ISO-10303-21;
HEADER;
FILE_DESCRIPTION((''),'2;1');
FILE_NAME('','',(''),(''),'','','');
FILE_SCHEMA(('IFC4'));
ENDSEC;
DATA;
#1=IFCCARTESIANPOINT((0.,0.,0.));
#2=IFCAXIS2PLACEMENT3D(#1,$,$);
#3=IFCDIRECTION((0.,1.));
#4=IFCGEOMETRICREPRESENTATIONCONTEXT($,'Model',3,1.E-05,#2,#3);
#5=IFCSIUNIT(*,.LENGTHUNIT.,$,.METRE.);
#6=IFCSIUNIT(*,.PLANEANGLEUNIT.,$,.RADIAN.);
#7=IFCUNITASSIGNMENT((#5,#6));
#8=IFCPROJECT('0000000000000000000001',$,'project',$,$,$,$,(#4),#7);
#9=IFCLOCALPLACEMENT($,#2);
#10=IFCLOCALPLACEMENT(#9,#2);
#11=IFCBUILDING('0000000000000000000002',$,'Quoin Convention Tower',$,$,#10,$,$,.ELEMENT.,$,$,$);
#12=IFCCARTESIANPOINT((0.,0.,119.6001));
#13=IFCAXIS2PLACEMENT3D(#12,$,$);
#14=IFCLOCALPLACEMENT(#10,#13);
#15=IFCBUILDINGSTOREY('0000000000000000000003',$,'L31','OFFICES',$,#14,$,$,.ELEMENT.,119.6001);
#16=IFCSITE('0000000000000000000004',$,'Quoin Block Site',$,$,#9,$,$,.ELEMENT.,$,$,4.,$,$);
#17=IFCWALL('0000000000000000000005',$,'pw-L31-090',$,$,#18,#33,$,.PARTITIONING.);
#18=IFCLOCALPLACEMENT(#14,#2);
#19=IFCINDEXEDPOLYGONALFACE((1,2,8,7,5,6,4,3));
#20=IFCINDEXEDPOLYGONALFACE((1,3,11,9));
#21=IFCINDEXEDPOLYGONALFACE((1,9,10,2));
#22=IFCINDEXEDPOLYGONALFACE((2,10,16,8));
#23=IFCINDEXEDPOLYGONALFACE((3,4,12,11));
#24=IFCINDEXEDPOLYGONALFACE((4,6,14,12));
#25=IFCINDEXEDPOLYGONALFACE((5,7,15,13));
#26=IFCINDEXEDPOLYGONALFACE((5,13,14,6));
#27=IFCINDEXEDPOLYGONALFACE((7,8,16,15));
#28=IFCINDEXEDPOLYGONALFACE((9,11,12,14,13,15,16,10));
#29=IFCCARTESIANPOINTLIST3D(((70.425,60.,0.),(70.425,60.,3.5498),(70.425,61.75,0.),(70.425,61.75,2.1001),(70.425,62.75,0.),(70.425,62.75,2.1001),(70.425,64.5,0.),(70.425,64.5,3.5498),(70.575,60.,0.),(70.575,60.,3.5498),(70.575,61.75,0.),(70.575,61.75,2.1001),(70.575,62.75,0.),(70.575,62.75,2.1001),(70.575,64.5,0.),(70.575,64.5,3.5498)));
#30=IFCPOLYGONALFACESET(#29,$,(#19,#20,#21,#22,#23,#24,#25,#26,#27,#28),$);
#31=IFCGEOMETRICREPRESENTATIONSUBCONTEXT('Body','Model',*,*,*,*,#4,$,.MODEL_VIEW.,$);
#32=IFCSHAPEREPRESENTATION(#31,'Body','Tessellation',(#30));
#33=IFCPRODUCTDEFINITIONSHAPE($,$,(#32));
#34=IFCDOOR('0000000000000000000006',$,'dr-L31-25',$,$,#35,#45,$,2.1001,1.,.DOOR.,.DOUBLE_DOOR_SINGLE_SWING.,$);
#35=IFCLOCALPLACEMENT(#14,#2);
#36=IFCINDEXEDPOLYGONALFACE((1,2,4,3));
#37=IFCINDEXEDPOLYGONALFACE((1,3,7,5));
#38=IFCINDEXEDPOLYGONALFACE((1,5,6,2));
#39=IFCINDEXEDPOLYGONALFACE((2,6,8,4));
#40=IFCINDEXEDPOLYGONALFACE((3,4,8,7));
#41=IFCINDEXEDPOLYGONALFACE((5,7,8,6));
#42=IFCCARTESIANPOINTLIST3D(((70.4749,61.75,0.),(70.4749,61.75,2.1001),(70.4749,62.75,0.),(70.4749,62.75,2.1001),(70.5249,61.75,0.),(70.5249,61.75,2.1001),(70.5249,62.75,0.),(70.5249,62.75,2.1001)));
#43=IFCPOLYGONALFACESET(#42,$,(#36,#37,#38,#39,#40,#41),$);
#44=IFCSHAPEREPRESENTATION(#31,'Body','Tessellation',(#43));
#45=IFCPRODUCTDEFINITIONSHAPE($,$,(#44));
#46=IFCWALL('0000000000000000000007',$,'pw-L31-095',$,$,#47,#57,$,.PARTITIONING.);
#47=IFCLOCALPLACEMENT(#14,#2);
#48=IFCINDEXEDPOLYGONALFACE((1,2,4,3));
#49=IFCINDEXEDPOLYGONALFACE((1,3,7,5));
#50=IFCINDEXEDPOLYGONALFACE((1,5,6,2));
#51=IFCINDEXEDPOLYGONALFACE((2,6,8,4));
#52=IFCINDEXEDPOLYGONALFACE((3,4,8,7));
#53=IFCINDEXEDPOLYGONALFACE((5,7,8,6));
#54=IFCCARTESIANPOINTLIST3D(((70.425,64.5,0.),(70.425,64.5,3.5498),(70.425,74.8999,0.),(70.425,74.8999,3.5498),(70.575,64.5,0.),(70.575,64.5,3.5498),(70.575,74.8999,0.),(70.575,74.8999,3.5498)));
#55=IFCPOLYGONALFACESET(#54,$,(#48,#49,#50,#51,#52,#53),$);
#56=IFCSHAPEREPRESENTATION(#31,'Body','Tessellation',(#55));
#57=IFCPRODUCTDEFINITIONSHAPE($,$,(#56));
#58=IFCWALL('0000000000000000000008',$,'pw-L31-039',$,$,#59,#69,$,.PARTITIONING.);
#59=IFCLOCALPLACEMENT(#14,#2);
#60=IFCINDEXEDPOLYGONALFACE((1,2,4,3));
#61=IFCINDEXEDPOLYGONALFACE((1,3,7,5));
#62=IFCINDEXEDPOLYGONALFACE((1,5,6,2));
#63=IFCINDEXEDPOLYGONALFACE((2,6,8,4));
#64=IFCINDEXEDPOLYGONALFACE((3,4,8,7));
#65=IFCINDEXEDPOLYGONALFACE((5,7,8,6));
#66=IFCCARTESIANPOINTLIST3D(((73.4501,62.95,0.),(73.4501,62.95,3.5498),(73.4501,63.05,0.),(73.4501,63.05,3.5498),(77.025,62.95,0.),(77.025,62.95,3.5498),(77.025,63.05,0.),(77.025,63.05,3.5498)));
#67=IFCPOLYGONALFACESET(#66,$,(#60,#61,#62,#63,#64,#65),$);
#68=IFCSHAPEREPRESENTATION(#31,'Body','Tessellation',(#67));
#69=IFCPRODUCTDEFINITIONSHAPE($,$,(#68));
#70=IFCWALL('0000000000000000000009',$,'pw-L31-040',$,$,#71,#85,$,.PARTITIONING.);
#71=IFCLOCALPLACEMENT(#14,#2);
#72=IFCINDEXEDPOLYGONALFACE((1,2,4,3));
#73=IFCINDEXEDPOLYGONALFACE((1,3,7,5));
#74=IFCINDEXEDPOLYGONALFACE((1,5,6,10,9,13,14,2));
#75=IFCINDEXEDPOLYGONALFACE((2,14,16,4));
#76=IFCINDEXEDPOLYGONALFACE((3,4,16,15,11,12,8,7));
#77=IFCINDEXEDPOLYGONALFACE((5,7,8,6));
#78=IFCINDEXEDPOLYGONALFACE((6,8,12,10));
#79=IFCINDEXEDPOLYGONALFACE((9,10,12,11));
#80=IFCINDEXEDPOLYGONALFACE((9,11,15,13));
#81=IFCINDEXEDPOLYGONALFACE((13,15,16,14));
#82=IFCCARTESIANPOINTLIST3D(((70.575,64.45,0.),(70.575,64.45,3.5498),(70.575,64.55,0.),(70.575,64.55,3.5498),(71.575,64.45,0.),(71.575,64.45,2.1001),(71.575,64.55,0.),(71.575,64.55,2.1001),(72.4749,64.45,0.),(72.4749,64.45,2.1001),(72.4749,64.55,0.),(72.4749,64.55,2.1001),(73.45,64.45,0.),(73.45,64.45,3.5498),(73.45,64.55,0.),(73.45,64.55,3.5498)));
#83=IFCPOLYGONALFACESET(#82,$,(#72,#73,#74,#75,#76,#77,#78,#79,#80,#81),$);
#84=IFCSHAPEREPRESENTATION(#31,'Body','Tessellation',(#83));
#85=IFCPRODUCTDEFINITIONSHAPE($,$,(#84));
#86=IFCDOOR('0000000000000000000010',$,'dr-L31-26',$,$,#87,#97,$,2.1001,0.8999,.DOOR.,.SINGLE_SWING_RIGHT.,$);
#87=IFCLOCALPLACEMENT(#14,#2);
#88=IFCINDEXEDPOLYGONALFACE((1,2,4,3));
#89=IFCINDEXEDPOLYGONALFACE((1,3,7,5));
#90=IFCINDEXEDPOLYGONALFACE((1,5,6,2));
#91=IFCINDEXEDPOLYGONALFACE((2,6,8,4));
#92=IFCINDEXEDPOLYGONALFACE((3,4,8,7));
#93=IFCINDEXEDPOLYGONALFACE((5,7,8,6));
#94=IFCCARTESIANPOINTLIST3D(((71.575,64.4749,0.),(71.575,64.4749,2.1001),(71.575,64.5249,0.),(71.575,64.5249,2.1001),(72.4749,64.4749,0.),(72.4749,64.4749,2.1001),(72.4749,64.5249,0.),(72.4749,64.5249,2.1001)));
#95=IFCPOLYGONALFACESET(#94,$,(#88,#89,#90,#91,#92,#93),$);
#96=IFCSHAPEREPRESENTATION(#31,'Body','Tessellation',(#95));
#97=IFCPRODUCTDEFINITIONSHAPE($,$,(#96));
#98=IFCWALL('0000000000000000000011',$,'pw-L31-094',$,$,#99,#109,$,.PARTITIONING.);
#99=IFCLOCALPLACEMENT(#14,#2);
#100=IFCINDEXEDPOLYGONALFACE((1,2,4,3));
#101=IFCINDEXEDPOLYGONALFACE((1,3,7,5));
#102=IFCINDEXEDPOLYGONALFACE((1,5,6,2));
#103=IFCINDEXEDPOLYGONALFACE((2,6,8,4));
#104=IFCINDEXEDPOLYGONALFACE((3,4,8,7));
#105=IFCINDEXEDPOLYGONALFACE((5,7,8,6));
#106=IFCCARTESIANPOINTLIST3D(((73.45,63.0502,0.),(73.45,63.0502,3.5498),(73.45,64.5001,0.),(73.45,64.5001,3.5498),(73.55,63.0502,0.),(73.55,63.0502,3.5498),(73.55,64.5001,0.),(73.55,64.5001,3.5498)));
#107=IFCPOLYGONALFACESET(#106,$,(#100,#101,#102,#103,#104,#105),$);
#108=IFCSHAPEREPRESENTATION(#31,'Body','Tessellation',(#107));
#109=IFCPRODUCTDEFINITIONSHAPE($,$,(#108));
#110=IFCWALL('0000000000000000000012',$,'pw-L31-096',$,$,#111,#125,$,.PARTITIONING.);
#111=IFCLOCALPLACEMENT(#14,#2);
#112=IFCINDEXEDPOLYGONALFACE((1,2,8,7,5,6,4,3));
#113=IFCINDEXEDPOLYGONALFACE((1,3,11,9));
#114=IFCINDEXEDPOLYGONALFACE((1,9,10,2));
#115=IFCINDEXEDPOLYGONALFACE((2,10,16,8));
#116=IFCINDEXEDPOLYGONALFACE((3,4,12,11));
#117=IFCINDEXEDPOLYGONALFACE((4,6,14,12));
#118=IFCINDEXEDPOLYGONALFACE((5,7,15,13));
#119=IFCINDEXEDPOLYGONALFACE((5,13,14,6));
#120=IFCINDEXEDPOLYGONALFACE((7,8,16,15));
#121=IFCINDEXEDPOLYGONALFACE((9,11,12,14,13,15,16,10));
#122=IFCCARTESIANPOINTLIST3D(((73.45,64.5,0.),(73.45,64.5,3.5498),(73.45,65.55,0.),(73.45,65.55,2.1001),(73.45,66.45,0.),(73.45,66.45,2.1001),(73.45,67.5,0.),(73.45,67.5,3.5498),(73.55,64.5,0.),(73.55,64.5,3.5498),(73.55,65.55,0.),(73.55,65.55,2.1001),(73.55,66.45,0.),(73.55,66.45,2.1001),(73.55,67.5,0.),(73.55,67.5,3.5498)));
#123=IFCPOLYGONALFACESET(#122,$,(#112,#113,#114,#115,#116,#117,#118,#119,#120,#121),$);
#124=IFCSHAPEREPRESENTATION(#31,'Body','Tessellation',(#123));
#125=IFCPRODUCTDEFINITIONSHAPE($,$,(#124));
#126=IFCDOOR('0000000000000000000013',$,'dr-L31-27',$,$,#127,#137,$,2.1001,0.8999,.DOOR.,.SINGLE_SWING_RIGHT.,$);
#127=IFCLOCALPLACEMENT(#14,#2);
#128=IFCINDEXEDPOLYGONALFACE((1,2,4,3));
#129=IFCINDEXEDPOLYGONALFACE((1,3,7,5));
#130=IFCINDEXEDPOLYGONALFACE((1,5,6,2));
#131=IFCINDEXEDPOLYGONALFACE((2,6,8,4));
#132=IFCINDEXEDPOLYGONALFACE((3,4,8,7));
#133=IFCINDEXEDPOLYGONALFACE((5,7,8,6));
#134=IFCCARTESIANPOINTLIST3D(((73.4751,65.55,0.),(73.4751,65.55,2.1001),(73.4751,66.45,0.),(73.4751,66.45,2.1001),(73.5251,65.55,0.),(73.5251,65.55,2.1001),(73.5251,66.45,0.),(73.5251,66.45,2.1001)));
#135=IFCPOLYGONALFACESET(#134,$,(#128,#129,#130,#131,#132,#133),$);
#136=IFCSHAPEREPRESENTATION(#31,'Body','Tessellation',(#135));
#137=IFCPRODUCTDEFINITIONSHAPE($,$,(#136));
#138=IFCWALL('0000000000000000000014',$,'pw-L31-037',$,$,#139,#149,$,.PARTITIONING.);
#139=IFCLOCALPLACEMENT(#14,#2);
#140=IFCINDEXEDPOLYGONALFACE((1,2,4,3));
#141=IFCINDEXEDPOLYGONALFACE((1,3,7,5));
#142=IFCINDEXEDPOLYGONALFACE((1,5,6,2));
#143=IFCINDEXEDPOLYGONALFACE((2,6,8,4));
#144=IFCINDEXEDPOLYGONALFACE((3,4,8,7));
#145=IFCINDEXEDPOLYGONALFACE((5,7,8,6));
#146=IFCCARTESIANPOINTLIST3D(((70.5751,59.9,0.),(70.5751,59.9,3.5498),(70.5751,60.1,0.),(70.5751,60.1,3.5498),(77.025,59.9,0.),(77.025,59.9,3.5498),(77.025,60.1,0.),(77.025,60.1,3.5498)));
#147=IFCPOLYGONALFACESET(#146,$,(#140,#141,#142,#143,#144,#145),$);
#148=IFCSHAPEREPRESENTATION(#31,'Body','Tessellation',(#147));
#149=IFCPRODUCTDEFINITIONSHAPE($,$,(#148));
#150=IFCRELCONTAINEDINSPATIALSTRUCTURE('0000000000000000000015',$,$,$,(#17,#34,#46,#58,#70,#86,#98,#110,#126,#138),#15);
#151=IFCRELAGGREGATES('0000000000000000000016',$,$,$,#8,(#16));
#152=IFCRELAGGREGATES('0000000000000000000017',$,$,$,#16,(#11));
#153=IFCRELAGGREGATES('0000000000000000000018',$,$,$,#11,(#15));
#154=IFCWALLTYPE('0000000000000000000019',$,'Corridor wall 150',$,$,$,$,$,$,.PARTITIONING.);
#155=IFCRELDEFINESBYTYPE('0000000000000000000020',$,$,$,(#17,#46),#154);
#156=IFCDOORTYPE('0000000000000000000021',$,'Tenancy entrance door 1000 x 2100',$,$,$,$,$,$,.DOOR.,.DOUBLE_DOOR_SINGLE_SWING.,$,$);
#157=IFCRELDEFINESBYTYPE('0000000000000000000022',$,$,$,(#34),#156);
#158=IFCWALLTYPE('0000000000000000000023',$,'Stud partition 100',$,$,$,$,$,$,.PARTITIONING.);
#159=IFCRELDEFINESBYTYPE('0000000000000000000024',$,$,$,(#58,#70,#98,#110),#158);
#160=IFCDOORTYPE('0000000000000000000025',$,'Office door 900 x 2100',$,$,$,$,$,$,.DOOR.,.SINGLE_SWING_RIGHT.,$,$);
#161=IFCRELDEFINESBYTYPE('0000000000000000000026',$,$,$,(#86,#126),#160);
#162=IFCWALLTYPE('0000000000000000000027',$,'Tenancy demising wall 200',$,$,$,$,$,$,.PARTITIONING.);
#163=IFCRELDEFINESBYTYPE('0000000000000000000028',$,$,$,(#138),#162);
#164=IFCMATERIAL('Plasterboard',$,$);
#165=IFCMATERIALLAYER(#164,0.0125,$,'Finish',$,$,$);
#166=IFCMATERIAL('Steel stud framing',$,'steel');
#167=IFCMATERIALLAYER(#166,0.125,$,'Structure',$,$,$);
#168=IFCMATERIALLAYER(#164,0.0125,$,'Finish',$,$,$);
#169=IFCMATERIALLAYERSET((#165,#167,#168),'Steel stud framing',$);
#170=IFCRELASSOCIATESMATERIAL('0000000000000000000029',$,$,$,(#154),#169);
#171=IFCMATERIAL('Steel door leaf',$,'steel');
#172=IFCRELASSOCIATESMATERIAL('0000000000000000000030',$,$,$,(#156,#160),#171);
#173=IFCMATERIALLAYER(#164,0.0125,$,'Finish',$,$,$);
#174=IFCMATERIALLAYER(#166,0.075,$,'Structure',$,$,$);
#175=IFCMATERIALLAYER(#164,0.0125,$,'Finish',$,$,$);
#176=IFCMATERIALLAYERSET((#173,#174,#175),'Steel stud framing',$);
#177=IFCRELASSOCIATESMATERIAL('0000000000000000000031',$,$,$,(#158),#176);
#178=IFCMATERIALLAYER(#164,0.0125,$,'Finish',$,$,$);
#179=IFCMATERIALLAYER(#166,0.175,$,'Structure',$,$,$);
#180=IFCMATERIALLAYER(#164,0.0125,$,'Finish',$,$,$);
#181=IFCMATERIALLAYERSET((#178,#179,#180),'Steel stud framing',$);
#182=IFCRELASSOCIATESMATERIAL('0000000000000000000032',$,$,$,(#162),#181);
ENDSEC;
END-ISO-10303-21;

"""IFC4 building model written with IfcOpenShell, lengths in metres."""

from ifc_helpers import new_model, si_unit, direction, frame, frame_2d, origin, place, context, subcontext, project, spatial, rectangle, extrude, material, layer, layer_set, type_object, element, fill, save


model = new_model("IFC4")

# Units and contexts
model_context = context("Model", 3, precision=1e-05, world=origin(), true_north=direction((0.0, 1.0)))
body_context = subcontext(model_context, "Body", "Model", "MODEL_VIEW")
ifc_project = project(units=[si_unit("LENGTHUNIT", "METRE"), si_unit("PLANEANGLEUNIT", "RADIAN")], contexts=[model_context])

# Site, building, storey
site_placement = place(None, origin())
site = spatial("IfcSite", under=ifc_project, at=site_placement, Name="Quoin Block Site", CompositionType="ELEMENT", RefElevation=4.0)
building_placement = place(site_placement, origin())
building = spatial("IfcBuilding", under=site, at=building_placement, Name="Quoin Convention Tower", CompositionType="ELEMENT")
storey_placement = place(building_placement, frame((0.0, 0.0, 119.6001)))
storey = spatial("IfcBuildingStorey", under=building, at=storey_placement, Name="L31", Description="OFFICES", CompositionType="ELEMENT", Elevation=119.6001)

# Shared definitions
ifc_material_1 = material(Name="Plasterboard")
ifc_material_2 = material(Name="Steel stud framing", Category="steel")

# Wall, opening, door
ifc_layer_1 = layer(ifc_material_1, 0.0125, Name="Finish")
ifc_layer_2 = layer(ifc_material_2, 0.125, Name="Structure")
ifc_layer_3 = layer(ifc_material_1, 0.0125, Name="Finish")
ifc_layer_set_1 = layer_set([ifc_layer_1, ifc_layer_2, ifc_layer_3], Name="Steel stud framing")
wall_type_1 = type_object("IfcWallType", Name="Corridor wall 150", PredefinedType="PARTITIONING", material=ifc_layer_set_1)
wall_1_placement = place(storey_placement, frame((70.5, 60.0, 0.0), z_axis=(0.0, 0.0, 1.0), x_axis=(0.0, 1.0, 0.0)))
wall_1 = element("IfcWall", 1, at=wall_1_placement, inside=storey, type_object=wall_type_1, Name="pw-L31-090", PredefinedType="PARTITIONING", context=body_context, shape_type="SweptSolid", body=[
    extrude(rectangle(XDim=4.5, YDim=0.1499, at=frame_2d((2.25, 0.0))), origin(), (0.0, 0.0, 1.0), 3.5498),
])
opening_1_placement = place(wall_1_placement, frame((1.75, 0.0, 0.0)))
opening_1 = element("IfcOpeningElement", 2, at=opening_1_placement, cuts=wall_1, PredefinedType="OPENING", context=body_context, shape_type="SweptSolid", body=[
    extrude(rectangle(XDim=1.0, YDim=2.1001, at=frame_2d((0.5, 1.05))), frame((0.0, 0.085, 0.0), z_axis=(0.0, -1.0, 0.0), x_axis=(1.0, 0.0, 0.0)), (0.0, 0.0, 1.0), 0.1699),
])
ifc_material_3 = material(Name="Steel door leaf", Category="steel")
door_type_1 = type_object("IfcDoorType", Name="Tenancy entrance door 1000 x 2100", OperationType="DOUBLE_DOOR_SINGLE_SWING", PredefinedType="DOOR", material=ifc_material_3)
door_1_placement = place(opening_1_placement, frame((1.0, 0.0, 0.0), z_axis=(0.0, 0.0, 1.0), x_axis=(-1.0, 0.0, 0.0)))
door_1 = element("IfcDoor", 3, at=door_1_placement, inside=storey, type_object=door_type_1, Name="dr-L31-25", OperationType="DOUBLE_DOOR_SINGLE_SWING", OverallHeight=2.1001, OverallWidth=1.0, PredefinedType="DOOR", context=body_context, shape_type="SweptSolid", body=[
    extrude(rectangle(XDim=1.0, YDim=2.1001, at=frame_2d((0.5, 1.05))), frame((0.0, 0.0249, 0.0), z_axis=(0.0, -1.0, 0.0), x_axis=(1.0, 0.0, 0.0)), (0.0, 0.0, 1.0), 0.05),
])
fill(opening_1, door_1)

# Walls
wall_2_placement = place(storey_placement, frame((70.5, 64.5, 0.0), z_axis=(0.0, 0.0, 1.0), x_axis=(0.0, 1.0, 0.0)))
element("IfcWall", 4, at=wall_2_placement, inside=storey, type_object=wall_type_1, Name="pw-L31-095", PredefinedType="PARTITIONING", context=body_context, shape_type="SweptSolid", body=[
    extrude(rectangle(XDim=10.3999, YDim=0.1499, at=frame_2d((5.2, 0.0))), origin(), (0.0, 0.0, 1.0), 3.5498),
])
ifc_layer_4 = layer(ifc_material_1, 0.0125, Name="Finish")
ifc_layer_5 = layer(ifc_material_2, 0.075, Name="Structure")
ifc_layer_6 = layer(ifc_material_1, 0.0125, Name="Finish")
ifc_layer_set_2 = layer_set([ifc_layer_4, ifc_layer_5, ifc_layer_6], Name="Steel stud framing")
wall_type_2 = type_object("IfcWallType", Name="Stud partition 100", PredefinedType="PARTITIONING", material=ifc_layer_set_2)
wall_3_placement = place(storey_placement, frame((73.45, 63.0, 0.0), z_axis=(0.0, 0.0, 1.0), x_axis=(1.0, 0.0, 0.0)))
element("IfcWall", 5, at=wall_3_placement, inside=storey, type_object=wall_type_2, Name="pw-L31-039", PredefinedType="PARTITIONING", context=body_context, shape_type="SweptSolid", body=[
    extrude(rectangle(XDim=3.575, YDim=0.1001, at=frame_2d((1.7876, 0.0))), origin(), (0.0, 0.0, 1.0), 3.5498),
])

# Wall, opening, door
wall_4_placement = place(storey_placement, frame((70.575, 64.5, 0.0), z_axis=(0.0, 0.0, 1.0), x_axis=(1.0, 0.0, 0.0)))
wall_4 = element("IfcWall", 6, at=wall_4_placement, inside=storey, type_object=wall_type_2, Name="pw-L31-040", PredefinedType="PARTITIONING", context=body_context, shape_type="SweptSolid", body=[
    extrude(rectangle(XDim=2.875, YDim=0.1001, at=frame_2d((1.4375, 0.0))), origin(), (0.0, 0.0, 1.0), 3.5498),
])
opening_2_placement = place(wall_4_placement, frame((1.0, 0.0, 0.0)))
opening_2 = element("IfcOpeningElement", 7, at=opening_2_placement, cuts=wall_4, PredefinedType="OPENING", context=body_context, shape_type="SweptSolid", body=[
    extrude(rectangle(XDim=0.8999, YDim=2.1001, at=frame_2d((0.45, 1.05))), frame((0.0, 0.0601, 0.0), z_axis=(0.0, -1.0, 0.0), x_axis=(1.0, 0.0, 0.0)), (0.0, 0.0, 1.0), 0.1201),
])
door_type_2 = type_object("IfcDoorType", Name="Office door 900 x 2100", OperationType="SINGLE_SWING_RIGHT", PredefinedType="DOOR", material=ifc_material_3)
door_2_placement = place(opening_2_placement, origin())
door_2 = element("IfcDoor", 8, at=door_2_placement, inside=storey, type_object=door_type_2, Name="dr-L31-26", OperationType="SINGLE_SWING_RIGHT", OverallHeight=2.1001, OverallWidth=0.8999, PredefinedType="DOOR", context=body_context, shape_type="SweptSolid", body=[
    extrude(rectangle(XDim=0.8999, YDim=2.1001, at=frame_2d((0.45, 1.05))), frame((0.0, 0.0249, 0.0), z_axis=(0.0, -1.0, 0.0), x_axis=(1.0, 0.0, 0.0)), (0.0, 0.0, 1.0), 0.05),
])
fill(opening_2, door_2)

# Wall
wall_5_placement = place(storey_placement, frame((73.5, 63.05, 0.0), z_axis=(0.0, 0.0, 1.0), x_axis=(0.0, 1.0, 0.0)))
element("IfcWall", 9, at=wall_5_placement, inside=storey, type_object=wall_type_2, Name="pw-L31-094", PredefinedType="PARTITIONING", context=body_context, shape_type="SweptSolid", body=[
    extrude(rectangle(XDim=1.45, YDim=0.1001, at=frame_2d((0.7251, 0.0))), origin(), (0.0, 0.0, 1.0), 3.5498),
])

# Wall, opening, door
wall_6_placement = place(storey_placement, frame((73.5, 64.5, 0.0), z_axis=(0.0, 0.0, 1.0), x_axis=(0.0, 1.0, 0.0)))
wall_6 = element("IfcWall", 10, at=wall_6_placement, inside=storey, type_object=wall_type_2, Name="pw-L31-096", PredefinedType="PARTITIONING", context=body_context, shape_type="SweptSolid", body=[
    extrude(rectangle(XDim=3.0, YDim=0.1001, at=frame_2d((1.5, 0.0))), origin(), (0.0, 0.0, 1.0), 3.5498),
])
opening_3_placement = place(wall_6_placement, frame((1.05, 0.0, 0.0)))
opening_3 = element("IfcOpeningElement", 11, at=opening_3_placement, cuts=wall_6, PredefinedType="OPENING", context=body_context, shape_type="SweptSolid", body=[
    extrude(rectangle(XDim=0.8999, YDim=2.1001, at=frame_2d((0.45, 1.05))), frame((0.0, 0.0601, 0.0), z_axis=(0.0, -1.0, 0.0), x_axis=(1.0, 0.0, 0.0)), (0.0, 0.0, 1.0), 0.1201),
])
door_3_placement = place(opening_3_placement, origin())
door_3 = element("IfcDoor", 12, at=door_3_placement, inside=storey, type_object=door_type_2, Name="dr-L31-27", OperationType="SINGLE_SWING_RIGHT", OverallHeight=2.1001, OverallWidth=0.8999, PredefinedType="DOOR", context=body_context, shape_type="SweptSolid", body=[
    extrude(rectangle(XDim=0.8999, YDim=2.1001, at=frame_2d((0.45, 1.05))), frame((0.0, 0.0249, 0.0), z_axis=(0.0, -1.0, 0.0), x_axis=(1.0, 0.0, 0.0)), (0.0, 0.0, 1.0), 0.05),
])
fill(opening_3, door_3)

# Wall
ifc_layer_7 = layer(ifc_material_1, 0.0125, Name="Finish")
ifc_layer_8 = layer(ifc_material_2, 0.175, Name="Structure")
ifc_layer_9 = layer(ifc_material_1, 0.0125, Name="Finish")
ifc_layer_set_3 = layer_set([ifc_layer_7, ifc_layer_8, ifc_layer_9], Name="Steel stud framing")
wall_type_3 = type_object("IfcWallType", Name="Tenancy demising wall 200", PredefinedType="PARTITIONING", material=ifc_layer_set_3)
wall_7_placement = place(storey_placement, frame((70.575, 60.0, 0.0), z_axis=(0.0, 0.0, 1.0), x_axis=(1.0, 0.0, 0.0)))
element("IfcWall", 13, at=wall_7_placement, inside=storey, type_object=wall_type_3, Name="pw-L31-037", PredefinedType="PARTITIONING", context=body_context, shape_type="SweptSolid", body=[
    extrude(rectangle(XDim=6.45, YDim=0.2, at=frame_2d((3.2251, 0.0))), origin(), (0.0, 0.0, 1.0), 3.5498),
])

save(model, "model.ifc")
